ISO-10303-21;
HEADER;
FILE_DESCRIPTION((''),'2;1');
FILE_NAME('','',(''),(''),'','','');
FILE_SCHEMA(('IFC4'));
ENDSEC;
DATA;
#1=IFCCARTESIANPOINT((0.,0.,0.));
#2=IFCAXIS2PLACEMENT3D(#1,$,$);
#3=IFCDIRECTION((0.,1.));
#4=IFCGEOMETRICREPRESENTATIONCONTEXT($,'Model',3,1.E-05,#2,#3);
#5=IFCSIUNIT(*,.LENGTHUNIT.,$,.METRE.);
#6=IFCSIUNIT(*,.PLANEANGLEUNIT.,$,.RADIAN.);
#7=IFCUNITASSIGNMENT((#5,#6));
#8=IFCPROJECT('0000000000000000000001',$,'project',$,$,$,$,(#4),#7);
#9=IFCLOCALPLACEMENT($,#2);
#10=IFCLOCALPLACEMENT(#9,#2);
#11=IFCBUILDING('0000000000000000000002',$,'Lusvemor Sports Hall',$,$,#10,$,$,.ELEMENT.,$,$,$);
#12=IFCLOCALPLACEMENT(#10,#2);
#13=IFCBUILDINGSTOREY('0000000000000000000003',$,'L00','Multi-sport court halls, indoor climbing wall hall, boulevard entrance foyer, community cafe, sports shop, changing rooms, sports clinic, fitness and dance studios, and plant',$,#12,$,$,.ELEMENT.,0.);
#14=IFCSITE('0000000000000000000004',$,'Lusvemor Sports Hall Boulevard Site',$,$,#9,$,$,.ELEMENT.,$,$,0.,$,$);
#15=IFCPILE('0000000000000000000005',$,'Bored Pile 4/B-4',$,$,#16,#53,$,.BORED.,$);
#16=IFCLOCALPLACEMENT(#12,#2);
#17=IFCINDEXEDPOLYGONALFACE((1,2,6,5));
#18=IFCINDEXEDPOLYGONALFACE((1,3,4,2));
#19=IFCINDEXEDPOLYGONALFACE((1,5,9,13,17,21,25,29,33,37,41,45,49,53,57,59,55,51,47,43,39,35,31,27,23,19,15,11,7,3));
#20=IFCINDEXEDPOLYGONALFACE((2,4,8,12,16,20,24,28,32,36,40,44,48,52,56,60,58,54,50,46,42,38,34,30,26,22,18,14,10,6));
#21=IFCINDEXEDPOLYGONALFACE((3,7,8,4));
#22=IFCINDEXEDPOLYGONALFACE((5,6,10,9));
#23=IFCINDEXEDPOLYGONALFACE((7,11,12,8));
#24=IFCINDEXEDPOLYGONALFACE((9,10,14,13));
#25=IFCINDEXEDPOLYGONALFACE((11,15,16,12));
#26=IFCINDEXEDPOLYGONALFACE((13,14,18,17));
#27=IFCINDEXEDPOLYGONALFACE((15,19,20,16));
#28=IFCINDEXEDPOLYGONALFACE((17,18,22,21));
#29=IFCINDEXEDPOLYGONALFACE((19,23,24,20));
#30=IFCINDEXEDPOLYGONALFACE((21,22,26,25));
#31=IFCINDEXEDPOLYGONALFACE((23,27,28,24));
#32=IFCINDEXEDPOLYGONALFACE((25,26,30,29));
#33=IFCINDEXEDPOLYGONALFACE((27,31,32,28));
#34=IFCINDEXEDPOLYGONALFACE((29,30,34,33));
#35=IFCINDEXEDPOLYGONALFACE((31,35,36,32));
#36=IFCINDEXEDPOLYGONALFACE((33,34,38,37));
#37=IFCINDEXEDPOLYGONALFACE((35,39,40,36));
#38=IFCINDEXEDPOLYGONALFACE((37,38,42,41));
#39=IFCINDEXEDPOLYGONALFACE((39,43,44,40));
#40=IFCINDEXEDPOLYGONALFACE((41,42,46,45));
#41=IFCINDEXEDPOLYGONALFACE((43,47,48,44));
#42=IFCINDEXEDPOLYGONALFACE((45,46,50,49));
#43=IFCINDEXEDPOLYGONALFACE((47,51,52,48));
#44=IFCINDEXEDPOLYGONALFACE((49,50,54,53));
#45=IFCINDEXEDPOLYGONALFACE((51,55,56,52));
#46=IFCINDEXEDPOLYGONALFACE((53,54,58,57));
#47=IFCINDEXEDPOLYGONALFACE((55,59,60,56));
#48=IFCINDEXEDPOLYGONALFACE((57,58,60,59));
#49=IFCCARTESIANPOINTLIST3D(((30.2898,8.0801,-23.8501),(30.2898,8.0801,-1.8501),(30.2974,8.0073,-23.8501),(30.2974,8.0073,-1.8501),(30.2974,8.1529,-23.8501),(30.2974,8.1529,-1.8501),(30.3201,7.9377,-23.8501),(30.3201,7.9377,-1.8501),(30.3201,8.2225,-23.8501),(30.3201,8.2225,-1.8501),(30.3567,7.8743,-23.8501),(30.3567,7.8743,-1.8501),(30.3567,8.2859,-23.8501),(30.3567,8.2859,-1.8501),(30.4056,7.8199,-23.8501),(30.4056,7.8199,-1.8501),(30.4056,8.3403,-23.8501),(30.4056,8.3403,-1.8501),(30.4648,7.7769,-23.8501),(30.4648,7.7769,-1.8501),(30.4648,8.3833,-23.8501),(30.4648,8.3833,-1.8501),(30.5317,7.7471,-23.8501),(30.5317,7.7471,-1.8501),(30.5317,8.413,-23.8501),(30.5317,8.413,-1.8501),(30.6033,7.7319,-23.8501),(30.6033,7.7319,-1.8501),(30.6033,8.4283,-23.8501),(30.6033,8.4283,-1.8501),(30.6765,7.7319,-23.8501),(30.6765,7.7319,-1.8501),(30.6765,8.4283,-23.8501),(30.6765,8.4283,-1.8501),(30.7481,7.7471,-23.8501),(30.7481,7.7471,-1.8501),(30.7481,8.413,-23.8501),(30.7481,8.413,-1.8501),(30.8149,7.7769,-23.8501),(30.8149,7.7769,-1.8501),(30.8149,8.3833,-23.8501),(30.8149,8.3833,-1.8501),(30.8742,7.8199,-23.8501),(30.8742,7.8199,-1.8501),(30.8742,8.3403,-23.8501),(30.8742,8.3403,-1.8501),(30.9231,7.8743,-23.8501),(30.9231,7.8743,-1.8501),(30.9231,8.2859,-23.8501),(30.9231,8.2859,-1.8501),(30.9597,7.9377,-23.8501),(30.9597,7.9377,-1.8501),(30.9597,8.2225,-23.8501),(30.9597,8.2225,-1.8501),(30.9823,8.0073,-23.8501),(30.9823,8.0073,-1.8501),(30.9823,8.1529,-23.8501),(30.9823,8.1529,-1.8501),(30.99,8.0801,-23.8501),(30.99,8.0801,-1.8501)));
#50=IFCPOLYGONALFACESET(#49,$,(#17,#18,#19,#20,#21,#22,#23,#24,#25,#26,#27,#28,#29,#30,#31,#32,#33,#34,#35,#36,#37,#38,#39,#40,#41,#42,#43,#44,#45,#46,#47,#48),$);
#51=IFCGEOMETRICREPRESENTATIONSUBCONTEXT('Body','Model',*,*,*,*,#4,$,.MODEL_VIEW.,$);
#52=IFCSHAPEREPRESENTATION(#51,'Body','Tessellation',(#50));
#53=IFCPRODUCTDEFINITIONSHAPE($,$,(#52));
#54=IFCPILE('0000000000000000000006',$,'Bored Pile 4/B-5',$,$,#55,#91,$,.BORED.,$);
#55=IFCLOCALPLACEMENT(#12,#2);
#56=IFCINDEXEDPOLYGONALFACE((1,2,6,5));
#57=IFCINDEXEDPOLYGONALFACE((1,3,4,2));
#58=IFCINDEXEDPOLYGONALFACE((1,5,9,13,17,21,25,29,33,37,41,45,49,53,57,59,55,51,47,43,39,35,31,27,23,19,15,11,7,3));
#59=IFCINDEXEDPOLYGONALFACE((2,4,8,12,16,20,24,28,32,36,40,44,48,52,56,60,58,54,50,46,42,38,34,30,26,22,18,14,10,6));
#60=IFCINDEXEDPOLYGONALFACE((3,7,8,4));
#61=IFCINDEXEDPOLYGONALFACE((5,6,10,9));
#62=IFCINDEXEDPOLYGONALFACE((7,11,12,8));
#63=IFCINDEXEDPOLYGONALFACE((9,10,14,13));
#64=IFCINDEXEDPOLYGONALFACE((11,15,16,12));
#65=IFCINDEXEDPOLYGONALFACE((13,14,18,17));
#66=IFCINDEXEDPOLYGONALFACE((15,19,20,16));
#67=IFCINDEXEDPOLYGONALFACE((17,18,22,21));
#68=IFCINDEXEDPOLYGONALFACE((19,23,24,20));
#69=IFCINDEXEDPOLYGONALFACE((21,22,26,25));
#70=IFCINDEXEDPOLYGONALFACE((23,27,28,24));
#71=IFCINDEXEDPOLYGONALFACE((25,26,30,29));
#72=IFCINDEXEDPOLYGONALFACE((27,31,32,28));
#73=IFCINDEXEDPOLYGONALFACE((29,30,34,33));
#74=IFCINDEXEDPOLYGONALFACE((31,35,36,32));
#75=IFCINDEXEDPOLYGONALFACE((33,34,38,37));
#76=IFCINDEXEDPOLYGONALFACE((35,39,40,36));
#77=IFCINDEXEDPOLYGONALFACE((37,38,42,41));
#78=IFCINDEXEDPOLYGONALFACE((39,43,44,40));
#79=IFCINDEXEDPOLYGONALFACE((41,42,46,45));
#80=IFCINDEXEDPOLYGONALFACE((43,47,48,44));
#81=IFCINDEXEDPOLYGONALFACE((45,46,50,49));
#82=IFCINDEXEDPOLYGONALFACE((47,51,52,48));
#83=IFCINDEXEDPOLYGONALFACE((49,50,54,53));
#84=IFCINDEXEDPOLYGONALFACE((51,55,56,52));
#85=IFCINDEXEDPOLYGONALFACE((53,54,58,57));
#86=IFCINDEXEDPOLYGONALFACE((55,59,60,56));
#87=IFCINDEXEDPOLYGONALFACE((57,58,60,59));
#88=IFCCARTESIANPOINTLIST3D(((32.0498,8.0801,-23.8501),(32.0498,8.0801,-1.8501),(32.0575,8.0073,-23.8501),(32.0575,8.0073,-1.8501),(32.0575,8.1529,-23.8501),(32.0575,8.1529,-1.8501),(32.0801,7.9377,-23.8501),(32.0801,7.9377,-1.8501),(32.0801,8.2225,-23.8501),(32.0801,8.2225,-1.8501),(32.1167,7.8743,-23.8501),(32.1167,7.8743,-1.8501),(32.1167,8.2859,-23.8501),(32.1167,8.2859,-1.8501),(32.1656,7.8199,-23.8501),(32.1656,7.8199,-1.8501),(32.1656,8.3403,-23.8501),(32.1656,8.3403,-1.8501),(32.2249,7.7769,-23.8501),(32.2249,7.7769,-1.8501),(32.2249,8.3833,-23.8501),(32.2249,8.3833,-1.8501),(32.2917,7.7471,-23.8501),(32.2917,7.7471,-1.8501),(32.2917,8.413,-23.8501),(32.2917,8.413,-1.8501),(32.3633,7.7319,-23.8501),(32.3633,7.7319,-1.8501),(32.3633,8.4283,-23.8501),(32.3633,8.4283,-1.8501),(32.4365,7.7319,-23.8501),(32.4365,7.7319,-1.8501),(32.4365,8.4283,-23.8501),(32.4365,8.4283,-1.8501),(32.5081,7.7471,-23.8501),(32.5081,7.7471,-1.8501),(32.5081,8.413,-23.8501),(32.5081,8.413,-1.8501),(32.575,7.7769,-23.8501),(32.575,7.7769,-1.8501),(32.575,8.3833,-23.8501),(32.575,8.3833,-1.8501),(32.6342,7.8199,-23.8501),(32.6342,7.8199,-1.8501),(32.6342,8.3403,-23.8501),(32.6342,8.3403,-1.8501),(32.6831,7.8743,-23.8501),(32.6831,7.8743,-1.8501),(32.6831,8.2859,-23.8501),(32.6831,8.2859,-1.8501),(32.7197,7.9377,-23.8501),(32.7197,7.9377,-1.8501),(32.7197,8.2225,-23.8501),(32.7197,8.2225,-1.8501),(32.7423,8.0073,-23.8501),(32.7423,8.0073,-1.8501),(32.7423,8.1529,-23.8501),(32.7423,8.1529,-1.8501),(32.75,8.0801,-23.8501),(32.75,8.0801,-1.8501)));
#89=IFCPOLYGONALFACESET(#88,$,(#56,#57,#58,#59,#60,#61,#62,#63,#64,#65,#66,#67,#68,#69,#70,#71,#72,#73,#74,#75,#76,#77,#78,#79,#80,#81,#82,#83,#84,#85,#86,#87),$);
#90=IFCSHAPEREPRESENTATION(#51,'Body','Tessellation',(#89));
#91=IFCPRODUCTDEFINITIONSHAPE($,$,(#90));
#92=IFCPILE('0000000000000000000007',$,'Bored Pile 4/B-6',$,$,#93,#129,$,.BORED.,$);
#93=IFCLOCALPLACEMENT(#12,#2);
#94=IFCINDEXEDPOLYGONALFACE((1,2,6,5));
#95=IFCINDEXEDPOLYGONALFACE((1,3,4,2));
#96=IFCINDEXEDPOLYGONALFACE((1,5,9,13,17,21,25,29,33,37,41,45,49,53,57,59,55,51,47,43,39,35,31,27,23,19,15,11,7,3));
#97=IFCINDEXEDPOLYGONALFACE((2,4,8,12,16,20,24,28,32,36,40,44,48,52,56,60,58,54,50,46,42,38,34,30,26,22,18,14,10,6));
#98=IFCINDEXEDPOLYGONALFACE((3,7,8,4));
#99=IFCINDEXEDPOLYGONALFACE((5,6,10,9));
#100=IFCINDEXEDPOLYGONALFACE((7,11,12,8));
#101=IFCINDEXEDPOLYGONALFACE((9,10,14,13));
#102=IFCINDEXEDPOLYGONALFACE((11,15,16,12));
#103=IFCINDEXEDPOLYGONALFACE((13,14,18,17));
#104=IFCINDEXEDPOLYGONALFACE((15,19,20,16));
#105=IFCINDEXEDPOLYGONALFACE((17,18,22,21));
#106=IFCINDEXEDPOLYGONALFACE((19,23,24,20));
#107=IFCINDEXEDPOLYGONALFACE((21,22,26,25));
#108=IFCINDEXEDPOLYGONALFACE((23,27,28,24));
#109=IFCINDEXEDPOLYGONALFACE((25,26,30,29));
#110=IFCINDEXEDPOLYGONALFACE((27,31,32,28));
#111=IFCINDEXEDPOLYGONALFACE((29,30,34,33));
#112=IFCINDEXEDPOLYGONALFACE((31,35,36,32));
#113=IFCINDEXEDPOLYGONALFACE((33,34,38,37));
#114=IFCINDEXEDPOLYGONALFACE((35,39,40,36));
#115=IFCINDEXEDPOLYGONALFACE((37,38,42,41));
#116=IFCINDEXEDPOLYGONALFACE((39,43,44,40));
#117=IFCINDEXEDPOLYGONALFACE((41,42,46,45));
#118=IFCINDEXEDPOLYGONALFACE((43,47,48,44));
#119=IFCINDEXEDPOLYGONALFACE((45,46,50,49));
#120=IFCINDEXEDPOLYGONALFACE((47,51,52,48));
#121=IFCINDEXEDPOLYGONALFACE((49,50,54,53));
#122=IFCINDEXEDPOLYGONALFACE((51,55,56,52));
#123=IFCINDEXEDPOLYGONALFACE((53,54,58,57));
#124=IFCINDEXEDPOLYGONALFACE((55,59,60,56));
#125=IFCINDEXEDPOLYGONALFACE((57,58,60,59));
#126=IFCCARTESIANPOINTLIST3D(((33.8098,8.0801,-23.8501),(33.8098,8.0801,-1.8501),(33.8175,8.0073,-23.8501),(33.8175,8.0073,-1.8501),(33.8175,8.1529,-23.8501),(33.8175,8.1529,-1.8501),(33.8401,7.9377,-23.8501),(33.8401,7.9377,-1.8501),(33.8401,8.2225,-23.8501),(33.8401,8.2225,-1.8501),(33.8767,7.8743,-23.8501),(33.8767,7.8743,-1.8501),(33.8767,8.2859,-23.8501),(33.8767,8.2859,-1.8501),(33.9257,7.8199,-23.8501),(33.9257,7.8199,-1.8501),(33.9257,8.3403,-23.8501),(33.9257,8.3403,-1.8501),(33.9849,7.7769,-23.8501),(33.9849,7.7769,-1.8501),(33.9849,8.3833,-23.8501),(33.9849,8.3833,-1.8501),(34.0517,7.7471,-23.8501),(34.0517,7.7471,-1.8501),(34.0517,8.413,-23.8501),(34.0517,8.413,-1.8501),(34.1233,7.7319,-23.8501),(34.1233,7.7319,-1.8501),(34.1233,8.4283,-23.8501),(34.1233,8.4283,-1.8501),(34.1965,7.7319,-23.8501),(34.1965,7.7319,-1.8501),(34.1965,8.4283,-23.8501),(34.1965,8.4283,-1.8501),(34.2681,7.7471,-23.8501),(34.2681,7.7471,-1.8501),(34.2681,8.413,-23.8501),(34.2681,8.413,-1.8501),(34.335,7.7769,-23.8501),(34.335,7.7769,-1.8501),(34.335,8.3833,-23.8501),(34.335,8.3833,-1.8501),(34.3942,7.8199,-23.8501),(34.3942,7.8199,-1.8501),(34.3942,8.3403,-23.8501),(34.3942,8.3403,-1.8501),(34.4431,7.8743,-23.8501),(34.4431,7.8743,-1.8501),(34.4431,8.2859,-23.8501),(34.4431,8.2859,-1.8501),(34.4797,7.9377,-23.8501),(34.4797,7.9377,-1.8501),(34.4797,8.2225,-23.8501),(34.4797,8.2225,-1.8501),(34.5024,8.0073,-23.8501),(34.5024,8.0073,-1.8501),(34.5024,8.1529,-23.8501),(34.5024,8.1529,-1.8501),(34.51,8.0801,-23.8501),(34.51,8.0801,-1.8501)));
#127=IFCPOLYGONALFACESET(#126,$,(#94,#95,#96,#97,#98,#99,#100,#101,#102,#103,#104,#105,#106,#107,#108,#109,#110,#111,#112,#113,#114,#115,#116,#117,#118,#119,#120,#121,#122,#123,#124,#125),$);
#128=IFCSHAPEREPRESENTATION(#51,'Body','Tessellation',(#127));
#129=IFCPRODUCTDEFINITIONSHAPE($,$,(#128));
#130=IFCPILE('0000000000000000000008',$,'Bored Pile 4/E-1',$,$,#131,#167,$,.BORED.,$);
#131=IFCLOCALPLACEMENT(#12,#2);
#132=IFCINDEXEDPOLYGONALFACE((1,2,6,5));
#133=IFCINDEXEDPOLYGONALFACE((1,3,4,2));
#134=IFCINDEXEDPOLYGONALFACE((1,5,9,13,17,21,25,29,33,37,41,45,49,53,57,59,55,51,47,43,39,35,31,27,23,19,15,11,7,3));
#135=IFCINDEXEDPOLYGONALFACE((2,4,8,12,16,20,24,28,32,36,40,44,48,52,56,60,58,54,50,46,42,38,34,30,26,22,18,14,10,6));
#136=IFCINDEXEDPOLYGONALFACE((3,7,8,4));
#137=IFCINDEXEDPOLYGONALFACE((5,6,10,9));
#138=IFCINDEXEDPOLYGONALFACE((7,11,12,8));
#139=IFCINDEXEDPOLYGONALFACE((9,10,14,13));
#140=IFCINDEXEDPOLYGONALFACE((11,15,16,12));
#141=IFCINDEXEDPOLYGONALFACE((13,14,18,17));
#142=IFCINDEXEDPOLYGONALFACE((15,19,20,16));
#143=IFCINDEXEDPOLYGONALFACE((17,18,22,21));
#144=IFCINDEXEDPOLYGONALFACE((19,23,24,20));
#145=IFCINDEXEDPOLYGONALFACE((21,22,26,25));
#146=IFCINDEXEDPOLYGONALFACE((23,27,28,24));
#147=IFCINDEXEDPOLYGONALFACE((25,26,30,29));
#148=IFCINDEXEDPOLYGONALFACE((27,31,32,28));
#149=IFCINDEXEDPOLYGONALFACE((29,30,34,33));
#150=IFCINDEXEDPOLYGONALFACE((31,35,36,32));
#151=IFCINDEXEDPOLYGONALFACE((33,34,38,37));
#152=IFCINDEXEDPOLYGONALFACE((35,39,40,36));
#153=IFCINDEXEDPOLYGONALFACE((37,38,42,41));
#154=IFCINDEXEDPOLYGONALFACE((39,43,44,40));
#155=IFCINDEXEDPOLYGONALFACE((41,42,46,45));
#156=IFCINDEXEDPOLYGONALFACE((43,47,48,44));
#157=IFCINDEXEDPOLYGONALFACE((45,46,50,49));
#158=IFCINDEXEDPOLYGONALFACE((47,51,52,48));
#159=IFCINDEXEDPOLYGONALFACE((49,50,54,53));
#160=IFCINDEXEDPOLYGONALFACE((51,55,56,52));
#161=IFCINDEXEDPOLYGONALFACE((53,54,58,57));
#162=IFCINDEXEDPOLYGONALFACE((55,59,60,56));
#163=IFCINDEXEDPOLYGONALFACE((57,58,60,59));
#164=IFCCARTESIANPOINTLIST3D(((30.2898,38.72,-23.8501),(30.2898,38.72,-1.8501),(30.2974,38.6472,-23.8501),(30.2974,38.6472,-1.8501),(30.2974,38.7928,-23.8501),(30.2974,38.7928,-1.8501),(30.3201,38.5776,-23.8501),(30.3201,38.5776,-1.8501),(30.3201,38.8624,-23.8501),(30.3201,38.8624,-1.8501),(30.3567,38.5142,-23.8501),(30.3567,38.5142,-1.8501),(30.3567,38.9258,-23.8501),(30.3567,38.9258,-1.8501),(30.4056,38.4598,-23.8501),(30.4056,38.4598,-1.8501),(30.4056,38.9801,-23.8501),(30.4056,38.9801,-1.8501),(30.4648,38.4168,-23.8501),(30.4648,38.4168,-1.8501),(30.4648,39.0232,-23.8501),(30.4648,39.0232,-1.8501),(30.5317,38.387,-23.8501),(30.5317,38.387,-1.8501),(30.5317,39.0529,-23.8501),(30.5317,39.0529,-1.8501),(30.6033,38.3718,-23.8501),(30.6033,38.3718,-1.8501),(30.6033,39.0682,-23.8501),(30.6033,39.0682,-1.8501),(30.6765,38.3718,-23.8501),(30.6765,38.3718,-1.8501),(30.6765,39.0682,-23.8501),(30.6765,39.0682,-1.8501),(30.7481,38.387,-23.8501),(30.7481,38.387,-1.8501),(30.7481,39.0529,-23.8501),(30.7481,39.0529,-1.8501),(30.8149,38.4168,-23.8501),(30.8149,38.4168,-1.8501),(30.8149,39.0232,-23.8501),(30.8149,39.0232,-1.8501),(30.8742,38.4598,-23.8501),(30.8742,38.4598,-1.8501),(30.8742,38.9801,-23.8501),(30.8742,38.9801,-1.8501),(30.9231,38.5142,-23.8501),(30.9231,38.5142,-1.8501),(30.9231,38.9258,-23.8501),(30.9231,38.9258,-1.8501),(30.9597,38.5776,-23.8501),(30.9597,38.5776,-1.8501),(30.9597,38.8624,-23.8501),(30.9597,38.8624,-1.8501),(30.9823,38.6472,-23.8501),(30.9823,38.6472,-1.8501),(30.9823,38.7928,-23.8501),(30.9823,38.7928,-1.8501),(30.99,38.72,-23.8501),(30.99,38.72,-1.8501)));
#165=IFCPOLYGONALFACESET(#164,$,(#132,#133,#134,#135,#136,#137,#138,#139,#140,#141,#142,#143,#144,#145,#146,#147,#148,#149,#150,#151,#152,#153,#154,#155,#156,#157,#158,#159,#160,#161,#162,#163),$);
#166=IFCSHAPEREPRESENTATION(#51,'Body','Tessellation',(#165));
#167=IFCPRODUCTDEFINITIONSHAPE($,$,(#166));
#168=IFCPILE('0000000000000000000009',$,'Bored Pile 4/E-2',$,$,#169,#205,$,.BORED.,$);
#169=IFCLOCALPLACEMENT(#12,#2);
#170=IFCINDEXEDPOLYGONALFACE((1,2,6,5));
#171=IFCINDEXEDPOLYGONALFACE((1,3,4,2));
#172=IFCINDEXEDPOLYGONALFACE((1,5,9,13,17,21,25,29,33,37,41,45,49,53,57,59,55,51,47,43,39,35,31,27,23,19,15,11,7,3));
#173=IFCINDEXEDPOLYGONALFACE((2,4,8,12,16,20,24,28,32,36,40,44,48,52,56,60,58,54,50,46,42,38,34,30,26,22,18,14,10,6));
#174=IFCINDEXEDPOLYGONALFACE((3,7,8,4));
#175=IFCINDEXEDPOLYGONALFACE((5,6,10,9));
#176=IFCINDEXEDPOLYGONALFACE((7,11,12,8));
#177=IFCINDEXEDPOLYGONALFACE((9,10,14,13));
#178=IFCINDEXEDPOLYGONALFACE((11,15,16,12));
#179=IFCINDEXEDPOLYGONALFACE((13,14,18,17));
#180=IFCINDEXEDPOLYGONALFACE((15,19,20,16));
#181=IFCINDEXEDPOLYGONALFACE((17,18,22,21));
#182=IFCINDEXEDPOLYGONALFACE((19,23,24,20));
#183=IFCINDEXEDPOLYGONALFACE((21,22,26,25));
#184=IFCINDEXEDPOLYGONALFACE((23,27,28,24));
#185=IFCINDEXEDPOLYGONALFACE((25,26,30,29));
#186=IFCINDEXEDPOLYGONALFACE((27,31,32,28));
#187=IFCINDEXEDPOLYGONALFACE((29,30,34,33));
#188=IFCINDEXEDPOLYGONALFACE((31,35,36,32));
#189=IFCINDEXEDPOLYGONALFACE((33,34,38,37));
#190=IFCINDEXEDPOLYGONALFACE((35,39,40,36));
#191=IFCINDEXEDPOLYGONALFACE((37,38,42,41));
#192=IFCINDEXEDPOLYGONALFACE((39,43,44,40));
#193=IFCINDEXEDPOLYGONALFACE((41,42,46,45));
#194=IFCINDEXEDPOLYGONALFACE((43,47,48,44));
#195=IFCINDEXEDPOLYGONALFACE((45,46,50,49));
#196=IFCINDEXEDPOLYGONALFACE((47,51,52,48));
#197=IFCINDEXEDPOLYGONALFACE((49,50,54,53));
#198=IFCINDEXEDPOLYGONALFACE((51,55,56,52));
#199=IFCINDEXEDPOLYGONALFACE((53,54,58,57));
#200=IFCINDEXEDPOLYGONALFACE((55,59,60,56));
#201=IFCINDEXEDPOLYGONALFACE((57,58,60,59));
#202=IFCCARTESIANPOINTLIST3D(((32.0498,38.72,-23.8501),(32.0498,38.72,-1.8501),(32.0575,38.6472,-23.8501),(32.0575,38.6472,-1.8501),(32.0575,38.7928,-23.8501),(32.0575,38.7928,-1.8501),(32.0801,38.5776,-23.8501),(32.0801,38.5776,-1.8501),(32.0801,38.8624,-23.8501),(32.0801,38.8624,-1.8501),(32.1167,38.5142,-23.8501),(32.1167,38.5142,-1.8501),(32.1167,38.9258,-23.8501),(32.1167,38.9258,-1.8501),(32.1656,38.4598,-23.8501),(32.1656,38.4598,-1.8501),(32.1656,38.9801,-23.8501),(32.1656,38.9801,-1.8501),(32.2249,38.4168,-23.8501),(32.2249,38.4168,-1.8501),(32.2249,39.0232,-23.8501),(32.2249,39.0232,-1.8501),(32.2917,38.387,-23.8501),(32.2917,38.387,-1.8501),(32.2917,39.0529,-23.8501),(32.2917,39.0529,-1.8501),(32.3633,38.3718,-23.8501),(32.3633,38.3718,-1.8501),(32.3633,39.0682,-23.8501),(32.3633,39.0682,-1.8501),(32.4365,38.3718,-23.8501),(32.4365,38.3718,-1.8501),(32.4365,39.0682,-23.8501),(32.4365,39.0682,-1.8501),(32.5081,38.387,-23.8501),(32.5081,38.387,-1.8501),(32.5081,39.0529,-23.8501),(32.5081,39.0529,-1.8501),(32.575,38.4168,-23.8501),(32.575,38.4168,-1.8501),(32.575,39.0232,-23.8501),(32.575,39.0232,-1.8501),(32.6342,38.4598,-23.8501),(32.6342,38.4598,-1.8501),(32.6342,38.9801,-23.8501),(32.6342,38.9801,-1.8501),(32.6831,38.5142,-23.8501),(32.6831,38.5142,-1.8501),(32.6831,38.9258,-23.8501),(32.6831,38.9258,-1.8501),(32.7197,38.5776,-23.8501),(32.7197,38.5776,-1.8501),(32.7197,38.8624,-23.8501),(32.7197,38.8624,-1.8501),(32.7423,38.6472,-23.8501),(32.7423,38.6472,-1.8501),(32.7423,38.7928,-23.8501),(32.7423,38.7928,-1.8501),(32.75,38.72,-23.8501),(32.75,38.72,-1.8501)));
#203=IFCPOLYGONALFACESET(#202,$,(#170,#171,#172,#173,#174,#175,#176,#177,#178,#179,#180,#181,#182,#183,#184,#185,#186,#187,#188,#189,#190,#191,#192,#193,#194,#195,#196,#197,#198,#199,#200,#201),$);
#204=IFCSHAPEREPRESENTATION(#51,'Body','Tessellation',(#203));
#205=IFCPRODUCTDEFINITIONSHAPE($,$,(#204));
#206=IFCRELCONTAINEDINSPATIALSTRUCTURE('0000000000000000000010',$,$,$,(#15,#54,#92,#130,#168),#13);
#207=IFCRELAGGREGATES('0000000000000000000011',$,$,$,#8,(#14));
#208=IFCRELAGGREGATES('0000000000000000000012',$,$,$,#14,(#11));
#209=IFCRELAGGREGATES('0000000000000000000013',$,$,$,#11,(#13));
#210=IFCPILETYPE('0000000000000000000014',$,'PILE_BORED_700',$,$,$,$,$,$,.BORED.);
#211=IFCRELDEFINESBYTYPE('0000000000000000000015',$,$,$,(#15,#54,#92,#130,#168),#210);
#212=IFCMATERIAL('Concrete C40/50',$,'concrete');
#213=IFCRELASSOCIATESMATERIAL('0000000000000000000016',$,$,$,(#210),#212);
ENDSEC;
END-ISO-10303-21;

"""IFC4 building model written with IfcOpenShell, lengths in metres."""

from ifc_helpers import new_model, si_unit, direction, frame, origin, origin_2d, place, context, subcontext, project, spatial, circle, extrude, material, material_profile, profile_set, type_object, element, save


model = new_model("IFC4")

# Units and contexts
model_context = context("Model", 3, precision=1e-05, world=origin(), true_north=direction((0.0, 1.0)))
body_context = subcontext(model_context, "Body", "Model", "MODEL_VIEW")
ifc_project = project(units=[si_unit("LENGTHUNIT", "METRE"), si_unit("PLANEANGLEUNIT", "RADIAN")], contexts=[model_context])

# Site, building, storey
site_placement = place(None, origin())
site = spatial("IfcSite", under=ifc_project, at=site_placement, Name="Lusvemor Sports Hall Boulevard Site", CompositionType="ELEMENT", RefElevation=0.0)
building_placement = place(site_placement, origin())
building = spatial("IfcBuilding", under=site, at=building_placement, Name="Lusvemor Sports Hall", CompositionType="ELEMENT")
storey_placement = place(building_placement, origin())
storey = spatial("IfcBuildingStorey", under=building, at=storey_placement, Name="L00", Description="Multi-sport court halls, indoor climbing wall hall, boulevard entrance foyer, community cafe, sports shop, changing rooms, sports clinic, fitness and dance studios, and plant", CompositionType="ELEMENT", Elevation=0.0)

# Piles
ifc_material_1 = material(Name="Concrete C40/50", Category="concrete")
ifc_material_profile_1 = material_profile(ifc_material_1, circle(Radius=0.3501, at=origin_2d()), Name="PILE700")
ifc_profile_set_1 = profile_set([ifc_material_profile_1], Name="Concrete C40/50")
pile_type = type_object("IfcPileType", Name="PILE_BORED_700", PredefinedType="BORED", material=ifc_profile_set_1)
for number, where, z_axis, x_axis, name in (
    (1, (30.6399, 8.0801, -1.8501), (0.0, 0.0, -1.0), (1.0, 0.0, 0.0), "Bored Pile 4/B-4"),
    (2, (32.3999, 8.0801, -1.8501), (0.0, 0.0, -1.0), (1.0, 0.0, 0.0), "Bored Pile 4/B-5"),
    (3, (34.1599, 8.0801, -1.8501), (0.0, 0.0, -1.0), (1.0, 0.0, 0.0), "Bored Pile 4/B-6"),
    (4, (30.6399, 38.72, -1.8501), (0.0, 0.0, -1.0), (1.0, 0.0, 0.0), "Bored Pile 4/E-1"),
    (5, (32.3999, 38.72, -1.8501), (0.0, 0.0, -1.0), (1.0, 0.0, 0.0), "Bored Pile 4/E-2"),
):
    element("IfcPile", number, at=place(storey_placement, frame(where, z_axis=z_axis, x_axis=x_axis)), inside=storey, type_object=pile_type, Name=name, PredefinedType="BORED", context=body_context, shape_type="SweptSolid", body=[
        extrude(circle(Radius=0.3501, at=origin_2d()), origin(), (0.0, 0.0, 1.0), 22.0),
    ])

save(model, "model.ifc")
